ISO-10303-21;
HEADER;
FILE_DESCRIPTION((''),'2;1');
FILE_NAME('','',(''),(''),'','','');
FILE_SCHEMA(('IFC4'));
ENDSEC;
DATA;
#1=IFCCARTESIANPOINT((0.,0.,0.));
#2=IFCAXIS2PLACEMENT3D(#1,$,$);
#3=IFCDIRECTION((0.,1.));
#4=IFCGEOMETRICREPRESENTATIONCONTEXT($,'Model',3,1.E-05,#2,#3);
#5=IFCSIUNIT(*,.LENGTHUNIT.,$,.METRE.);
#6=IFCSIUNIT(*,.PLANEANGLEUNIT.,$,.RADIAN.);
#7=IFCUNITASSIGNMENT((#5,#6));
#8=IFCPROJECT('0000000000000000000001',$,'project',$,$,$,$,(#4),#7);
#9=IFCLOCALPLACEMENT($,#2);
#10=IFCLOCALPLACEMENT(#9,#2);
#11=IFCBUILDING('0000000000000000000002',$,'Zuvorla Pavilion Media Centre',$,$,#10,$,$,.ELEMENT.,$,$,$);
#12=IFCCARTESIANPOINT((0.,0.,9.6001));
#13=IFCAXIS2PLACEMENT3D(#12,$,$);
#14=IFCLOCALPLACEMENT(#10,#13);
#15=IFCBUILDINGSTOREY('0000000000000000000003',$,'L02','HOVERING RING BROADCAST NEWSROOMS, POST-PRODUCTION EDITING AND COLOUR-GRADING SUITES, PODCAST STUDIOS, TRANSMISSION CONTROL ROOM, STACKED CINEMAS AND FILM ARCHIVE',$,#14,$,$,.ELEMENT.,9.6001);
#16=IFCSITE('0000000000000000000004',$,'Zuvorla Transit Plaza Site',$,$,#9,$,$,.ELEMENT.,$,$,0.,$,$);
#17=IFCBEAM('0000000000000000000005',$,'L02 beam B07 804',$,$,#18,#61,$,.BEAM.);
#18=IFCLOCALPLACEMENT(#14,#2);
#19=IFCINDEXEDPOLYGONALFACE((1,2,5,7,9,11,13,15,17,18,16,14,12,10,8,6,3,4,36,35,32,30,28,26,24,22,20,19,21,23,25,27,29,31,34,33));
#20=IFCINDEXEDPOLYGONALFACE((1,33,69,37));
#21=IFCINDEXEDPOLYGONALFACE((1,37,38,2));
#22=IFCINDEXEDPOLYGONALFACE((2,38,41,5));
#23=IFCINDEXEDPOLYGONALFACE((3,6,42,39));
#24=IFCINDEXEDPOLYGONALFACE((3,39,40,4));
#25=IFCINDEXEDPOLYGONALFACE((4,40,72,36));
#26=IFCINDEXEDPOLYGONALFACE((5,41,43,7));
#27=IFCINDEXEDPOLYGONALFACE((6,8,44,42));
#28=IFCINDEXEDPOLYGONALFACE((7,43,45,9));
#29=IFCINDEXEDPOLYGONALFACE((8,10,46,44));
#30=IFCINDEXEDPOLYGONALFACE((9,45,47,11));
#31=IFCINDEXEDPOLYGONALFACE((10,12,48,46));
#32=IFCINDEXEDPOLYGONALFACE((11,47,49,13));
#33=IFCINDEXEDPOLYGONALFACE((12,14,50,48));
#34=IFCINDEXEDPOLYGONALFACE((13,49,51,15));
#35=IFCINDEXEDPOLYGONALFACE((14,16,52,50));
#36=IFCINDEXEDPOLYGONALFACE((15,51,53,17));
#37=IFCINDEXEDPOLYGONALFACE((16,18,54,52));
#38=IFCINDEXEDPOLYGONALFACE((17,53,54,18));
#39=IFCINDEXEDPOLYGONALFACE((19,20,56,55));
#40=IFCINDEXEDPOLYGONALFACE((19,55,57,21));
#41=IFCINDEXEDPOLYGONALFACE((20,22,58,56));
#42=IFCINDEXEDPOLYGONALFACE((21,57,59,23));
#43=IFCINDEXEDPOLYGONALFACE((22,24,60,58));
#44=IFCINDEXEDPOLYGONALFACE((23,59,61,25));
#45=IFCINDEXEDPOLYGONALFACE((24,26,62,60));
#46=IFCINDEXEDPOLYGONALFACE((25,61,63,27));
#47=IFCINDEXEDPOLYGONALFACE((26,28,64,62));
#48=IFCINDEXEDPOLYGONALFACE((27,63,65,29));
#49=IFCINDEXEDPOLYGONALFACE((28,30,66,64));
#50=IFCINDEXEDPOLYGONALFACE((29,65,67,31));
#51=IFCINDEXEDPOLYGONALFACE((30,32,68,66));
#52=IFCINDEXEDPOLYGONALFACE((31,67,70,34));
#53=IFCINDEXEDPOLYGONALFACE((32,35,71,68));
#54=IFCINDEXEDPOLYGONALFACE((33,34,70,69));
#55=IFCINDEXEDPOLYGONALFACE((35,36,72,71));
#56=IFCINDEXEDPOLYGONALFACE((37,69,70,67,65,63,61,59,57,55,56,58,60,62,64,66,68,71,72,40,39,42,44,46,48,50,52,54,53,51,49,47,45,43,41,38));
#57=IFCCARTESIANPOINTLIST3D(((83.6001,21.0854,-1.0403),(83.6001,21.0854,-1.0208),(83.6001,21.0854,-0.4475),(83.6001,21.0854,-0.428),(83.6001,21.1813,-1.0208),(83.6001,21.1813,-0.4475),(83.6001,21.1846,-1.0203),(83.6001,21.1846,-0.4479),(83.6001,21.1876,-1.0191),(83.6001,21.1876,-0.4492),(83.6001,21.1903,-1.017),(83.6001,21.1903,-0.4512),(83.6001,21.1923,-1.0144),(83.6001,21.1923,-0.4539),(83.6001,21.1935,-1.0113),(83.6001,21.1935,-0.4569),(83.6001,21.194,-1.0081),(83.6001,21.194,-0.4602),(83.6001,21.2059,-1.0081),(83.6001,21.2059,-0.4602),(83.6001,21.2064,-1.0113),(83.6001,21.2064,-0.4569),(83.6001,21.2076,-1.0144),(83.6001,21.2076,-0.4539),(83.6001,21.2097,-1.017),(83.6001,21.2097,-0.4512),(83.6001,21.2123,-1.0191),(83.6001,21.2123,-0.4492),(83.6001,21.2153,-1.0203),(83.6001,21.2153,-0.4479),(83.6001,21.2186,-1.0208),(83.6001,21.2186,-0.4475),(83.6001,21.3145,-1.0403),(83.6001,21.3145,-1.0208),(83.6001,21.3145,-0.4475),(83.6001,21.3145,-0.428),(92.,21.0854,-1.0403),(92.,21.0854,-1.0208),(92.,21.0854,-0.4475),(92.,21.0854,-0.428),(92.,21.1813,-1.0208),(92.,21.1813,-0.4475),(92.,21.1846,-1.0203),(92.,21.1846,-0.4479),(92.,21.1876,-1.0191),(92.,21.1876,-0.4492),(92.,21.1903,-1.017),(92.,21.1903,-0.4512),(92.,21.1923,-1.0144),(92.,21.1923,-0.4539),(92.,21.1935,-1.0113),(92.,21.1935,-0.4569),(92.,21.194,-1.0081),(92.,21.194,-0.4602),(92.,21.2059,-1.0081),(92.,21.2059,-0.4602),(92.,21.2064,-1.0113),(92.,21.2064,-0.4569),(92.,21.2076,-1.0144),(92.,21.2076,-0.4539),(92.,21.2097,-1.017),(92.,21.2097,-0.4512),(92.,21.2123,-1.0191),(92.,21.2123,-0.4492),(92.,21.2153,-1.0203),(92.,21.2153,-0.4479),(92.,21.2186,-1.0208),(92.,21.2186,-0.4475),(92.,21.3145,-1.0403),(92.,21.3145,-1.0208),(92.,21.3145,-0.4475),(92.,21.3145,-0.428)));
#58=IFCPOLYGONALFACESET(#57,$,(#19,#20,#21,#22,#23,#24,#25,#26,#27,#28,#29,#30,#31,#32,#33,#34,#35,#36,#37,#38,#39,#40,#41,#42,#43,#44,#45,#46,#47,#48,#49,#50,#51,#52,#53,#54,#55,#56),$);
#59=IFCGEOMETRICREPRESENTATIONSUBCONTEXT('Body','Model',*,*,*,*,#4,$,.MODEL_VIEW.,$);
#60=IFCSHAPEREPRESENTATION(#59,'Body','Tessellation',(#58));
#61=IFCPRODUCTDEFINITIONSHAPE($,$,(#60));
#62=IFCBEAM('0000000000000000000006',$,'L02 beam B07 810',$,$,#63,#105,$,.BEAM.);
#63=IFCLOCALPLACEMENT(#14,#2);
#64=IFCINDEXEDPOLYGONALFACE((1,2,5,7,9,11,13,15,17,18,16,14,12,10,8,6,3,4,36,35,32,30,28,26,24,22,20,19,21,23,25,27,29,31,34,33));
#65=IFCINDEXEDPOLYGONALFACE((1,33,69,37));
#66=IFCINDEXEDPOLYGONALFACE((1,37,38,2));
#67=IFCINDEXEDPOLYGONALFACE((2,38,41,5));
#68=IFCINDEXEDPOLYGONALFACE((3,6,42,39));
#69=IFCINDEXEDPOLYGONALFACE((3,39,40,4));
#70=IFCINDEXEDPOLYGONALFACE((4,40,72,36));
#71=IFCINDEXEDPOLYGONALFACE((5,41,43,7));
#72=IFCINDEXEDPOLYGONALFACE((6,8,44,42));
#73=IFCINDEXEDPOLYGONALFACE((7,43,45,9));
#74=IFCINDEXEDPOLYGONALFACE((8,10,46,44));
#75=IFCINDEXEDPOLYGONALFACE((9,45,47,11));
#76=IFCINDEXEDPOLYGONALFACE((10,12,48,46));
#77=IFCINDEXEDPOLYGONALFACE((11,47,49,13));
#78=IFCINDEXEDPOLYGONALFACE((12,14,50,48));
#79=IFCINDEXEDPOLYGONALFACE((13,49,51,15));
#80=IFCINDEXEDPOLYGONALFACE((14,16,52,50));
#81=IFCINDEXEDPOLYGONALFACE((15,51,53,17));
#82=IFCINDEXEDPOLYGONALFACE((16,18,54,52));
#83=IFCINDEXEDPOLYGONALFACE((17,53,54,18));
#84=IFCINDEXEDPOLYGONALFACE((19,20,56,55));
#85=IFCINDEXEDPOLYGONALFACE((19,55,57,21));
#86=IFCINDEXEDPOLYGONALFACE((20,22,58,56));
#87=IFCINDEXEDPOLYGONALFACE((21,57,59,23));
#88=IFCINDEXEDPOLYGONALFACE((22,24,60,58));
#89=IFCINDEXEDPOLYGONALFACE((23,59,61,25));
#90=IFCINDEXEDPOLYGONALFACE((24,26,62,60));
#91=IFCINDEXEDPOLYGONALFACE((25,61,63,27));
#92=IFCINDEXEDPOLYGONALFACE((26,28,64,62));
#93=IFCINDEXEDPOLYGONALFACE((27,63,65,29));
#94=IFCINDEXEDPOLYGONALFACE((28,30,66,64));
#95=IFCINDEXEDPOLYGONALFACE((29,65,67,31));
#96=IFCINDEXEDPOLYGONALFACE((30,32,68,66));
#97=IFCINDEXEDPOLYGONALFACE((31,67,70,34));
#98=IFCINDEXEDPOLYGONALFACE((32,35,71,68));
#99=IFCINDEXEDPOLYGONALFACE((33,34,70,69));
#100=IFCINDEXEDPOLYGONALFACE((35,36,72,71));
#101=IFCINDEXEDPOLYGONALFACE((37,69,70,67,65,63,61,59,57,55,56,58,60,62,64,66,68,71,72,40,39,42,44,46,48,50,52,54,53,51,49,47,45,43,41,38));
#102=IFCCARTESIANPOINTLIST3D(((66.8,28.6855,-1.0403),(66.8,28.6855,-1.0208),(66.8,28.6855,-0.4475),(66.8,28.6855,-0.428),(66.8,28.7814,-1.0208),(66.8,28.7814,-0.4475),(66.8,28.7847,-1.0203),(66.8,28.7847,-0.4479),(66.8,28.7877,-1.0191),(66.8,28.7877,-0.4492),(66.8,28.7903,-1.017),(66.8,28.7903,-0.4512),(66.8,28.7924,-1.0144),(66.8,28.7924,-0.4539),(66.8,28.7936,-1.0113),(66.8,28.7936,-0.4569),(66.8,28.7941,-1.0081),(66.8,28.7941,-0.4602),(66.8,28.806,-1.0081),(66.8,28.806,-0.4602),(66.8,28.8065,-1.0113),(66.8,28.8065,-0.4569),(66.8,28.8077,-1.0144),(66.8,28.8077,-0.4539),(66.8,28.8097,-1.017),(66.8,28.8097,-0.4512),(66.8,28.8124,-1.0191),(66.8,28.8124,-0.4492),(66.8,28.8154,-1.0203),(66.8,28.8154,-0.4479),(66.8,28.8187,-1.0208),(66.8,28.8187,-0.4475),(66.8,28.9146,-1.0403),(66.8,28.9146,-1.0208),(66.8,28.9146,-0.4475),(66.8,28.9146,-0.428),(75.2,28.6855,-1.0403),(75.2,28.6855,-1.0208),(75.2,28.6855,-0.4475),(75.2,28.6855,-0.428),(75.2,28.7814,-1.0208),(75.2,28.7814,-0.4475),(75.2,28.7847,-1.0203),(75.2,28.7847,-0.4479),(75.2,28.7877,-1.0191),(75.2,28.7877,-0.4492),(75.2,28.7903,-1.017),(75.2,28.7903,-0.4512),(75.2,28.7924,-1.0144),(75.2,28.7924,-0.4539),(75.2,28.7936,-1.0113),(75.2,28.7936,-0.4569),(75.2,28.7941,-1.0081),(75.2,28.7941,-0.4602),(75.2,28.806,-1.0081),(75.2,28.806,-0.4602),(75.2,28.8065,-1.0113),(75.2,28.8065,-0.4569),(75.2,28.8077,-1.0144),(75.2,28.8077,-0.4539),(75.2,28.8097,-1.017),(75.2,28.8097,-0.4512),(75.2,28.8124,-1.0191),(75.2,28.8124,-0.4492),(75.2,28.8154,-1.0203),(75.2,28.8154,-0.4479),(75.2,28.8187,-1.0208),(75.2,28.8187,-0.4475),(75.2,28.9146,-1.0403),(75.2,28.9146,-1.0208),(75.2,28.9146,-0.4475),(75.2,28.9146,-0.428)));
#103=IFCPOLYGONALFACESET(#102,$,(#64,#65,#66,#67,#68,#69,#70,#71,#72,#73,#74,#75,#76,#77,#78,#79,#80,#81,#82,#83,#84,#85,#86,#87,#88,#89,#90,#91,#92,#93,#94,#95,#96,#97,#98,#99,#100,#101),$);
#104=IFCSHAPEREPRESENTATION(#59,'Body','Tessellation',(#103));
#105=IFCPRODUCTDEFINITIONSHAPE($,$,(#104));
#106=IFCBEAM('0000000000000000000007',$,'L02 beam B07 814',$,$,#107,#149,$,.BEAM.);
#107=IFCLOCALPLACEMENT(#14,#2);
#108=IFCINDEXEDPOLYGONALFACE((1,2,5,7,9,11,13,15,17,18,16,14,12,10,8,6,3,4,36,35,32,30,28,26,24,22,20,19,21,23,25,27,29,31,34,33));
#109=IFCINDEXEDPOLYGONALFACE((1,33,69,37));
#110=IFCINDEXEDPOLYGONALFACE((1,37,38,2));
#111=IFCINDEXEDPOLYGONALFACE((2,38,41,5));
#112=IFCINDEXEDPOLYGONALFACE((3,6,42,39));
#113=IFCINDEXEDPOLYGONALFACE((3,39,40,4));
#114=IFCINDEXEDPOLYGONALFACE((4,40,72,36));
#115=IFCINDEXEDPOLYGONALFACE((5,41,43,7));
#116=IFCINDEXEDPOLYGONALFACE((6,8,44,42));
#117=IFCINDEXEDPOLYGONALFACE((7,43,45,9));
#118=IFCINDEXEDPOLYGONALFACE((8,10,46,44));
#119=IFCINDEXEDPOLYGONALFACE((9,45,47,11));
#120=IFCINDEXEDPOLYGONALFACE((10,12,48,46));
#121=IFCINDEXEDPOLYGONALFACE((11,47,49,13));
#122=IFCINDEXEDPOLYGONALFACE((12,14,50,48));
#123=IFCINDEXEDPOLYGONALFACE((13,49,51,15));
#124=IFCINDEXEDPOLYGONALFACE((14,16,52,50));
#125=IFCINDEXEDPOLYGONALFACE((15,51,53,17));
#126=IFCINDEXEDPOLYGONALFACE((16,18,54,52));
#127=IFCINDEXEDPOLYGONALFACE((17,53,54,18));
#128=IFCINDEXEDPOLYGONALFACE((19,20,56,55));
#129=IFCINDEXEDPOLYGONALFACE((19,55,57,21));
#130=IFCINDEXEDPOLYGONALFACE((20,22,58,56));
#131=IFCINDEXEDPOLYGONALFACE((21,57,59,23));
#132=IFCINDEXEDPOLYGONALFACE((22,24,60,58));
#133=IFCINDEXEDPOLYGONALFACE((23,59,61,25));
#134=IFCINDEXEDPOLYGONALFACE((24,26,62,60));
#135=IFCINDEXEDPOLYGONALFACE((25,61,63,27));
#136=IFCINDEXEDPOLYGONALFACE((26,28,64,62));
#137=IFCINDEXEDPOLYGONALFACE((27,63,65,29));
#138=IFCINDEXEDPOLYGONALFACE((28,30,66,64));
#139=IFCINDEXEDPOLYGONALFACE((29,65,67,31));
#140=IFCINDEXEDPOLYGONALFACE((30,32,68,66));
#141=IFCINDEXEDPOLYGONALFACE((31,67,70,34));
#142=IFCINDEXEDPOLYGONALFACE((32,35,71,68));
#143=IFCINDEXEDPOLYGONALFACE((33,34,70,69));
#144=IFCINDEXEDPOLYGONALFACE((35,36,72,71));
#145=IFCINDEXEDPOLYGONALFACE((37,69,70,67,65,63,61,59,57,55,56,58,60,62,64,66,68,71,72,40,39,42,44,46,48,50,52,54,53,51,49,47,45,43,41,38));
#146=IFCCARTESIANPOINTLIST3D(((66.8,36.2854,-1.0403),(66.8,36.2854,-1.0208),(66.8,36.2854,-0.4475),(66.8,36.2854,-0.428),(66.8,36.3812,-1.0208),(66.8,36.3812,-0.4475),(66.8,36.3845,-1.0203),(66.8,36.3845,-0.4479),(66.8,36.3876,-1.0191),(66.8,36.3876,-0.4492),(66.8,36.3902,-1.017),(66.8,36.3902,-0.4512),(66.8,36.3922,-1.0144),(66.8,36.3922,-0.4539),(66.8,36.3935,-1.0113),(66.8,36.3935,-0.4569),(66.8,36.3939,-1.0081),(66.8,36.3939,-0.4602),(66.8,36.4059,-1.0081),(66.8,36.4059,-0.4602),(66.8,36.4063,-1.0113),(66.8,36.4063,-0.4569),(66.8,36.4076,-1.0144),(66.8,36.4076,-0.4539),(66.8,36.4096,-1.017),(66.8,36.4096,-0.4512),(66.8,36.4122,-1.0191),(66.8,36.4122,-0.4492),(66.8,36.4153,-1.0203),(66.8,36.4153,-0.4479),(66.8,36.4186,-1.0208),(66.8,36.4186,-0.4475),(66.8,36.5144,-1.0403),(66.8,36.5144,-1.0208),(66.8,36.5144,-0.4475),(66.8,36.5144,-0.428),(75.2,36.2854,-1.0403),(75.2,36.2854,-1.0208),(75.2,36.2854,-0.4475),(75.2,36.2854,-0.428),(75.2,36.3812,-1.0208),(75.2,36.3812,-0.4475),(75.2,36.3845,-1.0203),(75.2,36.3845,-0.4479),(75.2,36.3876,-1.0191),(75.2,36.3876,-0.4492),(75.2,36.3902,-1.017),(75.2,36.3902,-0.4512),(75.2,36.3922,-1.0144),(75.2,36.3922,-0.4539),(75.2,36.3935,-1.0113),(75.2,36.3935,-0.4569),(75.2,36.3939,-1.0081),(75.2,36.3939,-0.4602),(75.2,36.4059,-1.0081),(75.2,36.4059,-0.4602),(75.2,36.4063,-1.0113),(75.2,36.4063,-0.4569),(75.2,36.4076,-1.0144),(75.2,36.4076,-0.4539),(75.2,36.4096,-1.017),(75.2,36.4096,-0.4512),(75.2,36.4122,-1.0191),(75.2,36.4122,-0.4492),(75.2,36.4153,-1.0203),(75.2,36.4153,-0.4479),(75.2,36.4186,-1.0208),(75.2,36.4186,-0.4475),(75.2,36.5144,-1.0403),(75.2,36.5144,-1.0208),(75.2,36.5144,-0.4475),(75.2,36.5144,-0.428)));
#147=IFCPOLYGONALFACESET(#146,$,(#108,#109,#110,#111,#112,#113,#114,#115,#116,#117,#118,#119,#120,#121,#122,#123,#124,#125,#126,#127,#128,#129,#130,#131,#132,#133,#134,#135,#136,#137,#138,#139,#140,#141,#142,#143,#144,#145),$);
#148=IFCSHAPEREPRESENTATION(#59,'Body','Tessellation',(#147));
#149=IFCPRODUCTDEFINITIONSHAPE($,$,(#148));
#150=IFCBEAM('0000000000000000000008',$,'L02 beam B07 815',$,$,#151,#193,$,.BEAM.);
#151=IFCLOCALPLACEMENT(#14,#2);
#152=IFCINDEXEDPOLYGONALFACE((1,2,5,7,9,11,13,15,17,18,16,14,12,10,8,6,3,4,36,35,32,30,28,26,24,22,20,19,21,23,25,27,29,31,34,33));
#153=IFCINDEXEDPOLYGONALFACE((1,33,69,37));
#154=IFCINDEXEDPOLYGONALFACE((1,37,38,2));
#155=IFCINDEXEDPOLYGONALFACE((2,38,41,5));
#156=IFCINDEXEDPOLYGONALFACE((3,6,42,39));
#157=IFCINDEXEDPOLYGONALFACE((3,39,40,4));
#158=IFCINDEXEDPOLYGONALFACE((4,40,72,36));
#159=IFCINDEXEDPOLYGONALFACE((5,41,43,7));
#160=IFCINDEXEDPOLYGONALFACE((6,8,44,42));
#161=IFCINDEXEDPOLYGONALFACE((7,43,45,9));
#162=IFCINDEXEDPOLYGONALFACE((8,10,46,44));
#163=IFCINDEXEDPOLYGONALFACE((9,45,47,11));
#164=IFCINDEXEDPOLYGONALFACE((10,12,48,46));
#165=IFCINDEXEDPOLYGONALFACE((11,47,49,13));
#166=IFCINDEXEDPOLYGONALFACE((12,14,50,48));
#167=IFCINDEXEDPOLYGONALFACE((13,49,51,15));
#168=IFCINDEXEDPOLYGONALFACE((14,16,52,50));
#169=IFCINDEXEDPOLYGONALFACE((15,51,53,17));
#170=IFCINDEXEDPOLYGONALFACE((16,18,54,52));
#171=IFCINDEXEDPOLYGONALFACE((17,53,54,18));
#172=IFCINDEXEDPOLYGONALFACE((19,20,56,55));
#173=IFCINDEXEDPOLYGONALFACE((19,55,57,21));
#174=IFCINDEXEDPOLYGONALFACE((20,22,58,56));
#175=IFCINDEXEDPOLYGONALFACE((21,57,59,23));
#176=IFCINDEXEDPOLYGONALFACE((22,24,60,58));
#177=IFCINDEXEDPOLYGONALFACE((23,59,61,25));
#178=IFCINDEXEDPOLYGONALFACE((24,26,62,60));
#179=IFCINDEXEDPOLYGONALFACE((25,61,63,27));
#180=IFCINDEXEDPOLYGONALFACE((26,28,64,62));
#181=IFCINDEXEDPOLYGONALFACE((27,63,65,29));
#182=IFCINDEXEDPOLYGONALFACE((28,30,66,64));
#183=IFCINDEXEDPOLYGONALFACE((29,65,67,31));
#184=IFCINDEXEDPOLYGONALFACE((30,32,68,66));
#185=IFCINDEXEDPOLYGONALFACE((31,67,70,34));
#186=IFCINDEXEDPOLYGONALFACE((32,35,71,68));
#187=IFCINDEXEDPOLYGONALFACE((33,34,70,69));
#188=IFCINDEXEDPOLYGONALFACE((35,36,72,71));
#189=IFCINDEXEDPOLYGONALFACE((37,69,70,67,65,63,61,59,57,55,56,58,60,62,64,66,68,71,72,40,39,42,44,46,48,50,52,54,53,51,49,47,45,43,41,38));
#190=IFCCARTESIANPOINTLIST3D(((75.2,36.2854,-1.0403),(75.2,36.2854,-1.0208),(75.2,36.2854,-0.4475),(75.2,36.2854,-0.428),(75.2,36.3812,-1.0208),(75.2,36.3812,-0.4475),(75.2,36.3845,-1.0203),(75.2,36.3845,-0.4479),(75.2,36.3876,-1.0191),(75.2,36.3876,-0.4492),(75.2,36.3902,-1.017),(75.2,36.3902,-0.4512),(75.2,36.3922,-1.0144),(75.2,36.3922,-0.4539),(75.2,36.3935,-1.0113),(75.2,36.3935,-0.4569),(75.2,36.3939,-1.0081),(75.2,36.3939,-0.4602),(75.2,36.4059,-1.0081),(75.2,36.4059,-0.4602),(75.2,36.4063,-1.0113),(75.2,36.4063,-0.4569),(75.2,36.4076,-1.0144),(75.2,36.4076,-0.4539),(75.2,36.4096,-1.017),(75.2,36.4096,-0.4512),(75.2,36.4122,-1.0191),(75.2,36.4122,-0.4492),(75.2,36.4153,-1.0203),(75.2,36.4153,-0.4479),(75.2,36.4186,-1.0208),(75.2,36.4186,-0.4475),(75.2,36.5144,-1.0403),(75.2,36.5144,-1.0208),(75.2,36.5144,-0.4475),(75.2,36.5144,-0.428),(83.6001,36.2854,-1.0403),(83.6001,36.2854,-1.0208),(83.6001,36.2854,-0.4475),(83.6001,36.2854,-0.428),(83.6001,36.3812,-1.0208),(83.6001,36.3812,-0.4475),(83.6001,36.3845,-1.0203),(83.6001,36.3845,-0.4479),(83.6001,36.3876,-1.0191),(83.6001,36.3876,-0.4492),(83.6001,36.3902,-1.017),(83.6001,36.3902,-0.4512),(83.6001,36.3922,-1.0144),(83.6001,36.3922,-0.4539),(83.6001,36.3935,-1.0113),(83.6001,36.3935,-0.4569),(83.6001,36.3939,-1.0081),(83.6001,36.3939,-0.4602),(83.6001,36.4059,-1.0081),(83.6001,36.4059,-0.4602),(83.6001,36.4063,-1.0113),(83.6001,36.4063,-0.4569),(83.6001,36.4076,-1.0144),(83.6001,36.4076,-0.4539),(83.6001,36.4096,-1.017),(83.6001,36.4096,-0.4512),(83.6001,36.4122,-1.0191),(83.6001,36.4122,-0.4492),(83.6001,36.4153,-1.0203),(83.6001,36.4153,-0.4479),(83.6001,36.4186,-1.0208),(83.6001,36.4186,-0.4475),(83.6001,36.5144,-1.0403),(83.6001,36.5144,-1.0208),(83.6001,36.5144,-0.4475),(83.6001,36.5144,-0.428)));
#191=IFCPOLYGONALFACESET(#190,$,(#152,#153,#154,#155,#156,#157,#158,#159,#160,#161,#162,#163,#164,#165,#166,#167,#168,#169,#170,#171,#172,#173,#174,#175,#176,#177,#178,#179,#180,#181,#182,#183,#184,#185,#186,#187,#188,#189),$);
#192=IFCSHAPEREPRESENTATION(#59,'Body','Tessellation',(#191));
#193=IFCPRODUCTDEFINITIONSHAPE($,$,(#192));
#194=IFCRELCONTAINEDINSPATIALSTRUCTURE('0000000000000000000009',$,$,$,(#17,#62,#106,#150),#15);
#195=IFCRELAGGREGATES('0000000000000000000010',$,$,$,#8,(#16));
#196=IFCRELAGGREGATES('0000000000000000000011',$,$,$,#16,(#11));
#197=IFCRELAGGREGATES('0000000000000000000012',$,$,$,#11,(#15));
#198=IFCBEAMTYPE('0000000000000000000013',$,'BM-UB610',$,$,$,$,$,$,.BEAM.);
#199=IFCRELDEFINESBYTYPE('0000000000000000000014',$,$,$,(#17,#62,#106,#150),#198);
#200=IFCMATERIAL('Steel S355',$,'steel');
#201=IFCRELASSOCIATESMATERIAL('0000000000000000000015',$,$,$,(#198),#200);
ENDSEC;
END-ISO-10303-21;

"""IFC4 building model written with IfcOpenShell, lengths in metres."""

from ifc_helpers import new_model, si_unit, direction, frame, origin, origin_2d, place, context, subcontext, project, spatial, i_section, extrude, material, material_profile, profile_set, type_object, element, save


model = new_model("IFC4")

# Units and contexts
model_context = context("Model", 3, precision=1e-05, world=origin(), true_north=direction((0.0, 1.0)))
body_context = subcontext(model_context, "Body", "Model", "MODEL_VIEW")
ifc_project = project(units=[si_unit("LENGTHUNIT", "METRE"), si_unit("PLANEANGLEUNIT", "RADIAN")], contexts=[model_context])

# Site, building, storey
site_placement = place(None, origin())
site = spatial("IfcSite", under=ifc_project, at=site_placement, Name="Zuvorla Transit Plaza Site", CompositionType="ELEMENT", RefElevation=0.0)
building_placement = place(site_placement, origin())
building = spatial("IfcBuilding", under=site, at=building_placement, Name="Zuvorla Pavilion Media Centre", CompositionType="ELEMENT")
storey_placement = place(building_placement, frame((0.0, 0.0, 9.6001)))
storey = spatial("IfcBuildingStorey", under=building, at=storey_placement, Name="L02", Description="HOVERING RING BROADCAST NEWSROOMS, POST-PRODUCTION EDITING AND COLOUR-GRADING SUITES, PODCAST STUDIOS, TRANSMISSION CONTROL ROOM, STACKED CINEMAS AND FILM ARCHIVE", CompositionType="ELEMENT", Elevation=9.6001)

# Beams
ifc_material_1 = material(Name="Steel S355", Category="steel")
ifc_material_profile_1 = material_profile(ifc_material_1, i_section(OverallWidth=0.229, OverallDepth=0.6123, WebThickness=0.012, FlangeThickness=0.0195, FilletRadius=0.0127, at=origin_2d()), Name="UB 610x229x125")
ifc_profile_set_1 = profile_set([ifc_material_profile_1], Name="Steel S355")
beam_type_1 = type_object("IfcBeamType", Name="BM-UB610", PredefinedType="BEAM", material=ifc_profile_set_1)
for number, where, z_axis, x_axis, name in (
    (1, (83.6001, 21.2, -0.7341), (1.0, 0.0, 0.0), (0.0, 1.0, 0.0), "L02 beam B07 804"),
    (2, (66.8, 28.8, -0.7341), (1.0, 0.0, 0.0), (0.0, 1.0, 0.0), "L02 beam B07 810"),
    (3, (66.8, 36.3999, -0.7341), (1.0, 0.0, 0.0), (0.0, 1.0, 0.0), "L02 beam B07 814"),
):
    element("IfcBeam", number, at=place(storey_placement, frame(where, z_axis=z_axis, x_axis=x_axis)), inside=storey, type_object=beam_type_1, Name=name, PredefinedType="BEAM", context=body_context, shape_type="SweptSolid", body=[
        extrude(i_section(OverallWidth=0.229, OverallDepth=0.6123, WebThickness=0.012, FlangeThickness=0.0195, FilletRadius=0.0127, at=origin_2d()), origin(), (0.0, 0.0, 1.0), 8.3999),
    ])
beam_1_placement = place(storey_placement, frame((75.2, 36.3999, -0.7341), z_axis=(1.0, 0.0, 0.0), x_axis=(0.0, 1.0, 0.0)))
element("IfcBeam", 4, at=beam_1_placement, inside=storey, type_object=beam_type_1, Name="L02 beam B07 815", PredefinedType="BEAM", context=body_context, shape_type="SweptSolid", body=[
    extrude(i_section(OverallWidth=0.229, OverallDepth=0.6123, WebThickness=0.012, FlangeThickness=0.0195, FilletRadius=0.0127, at=origin_2d()), origin(), (0.0, 0.0, 1.0), 8.4001),
])

save(model, "model.ifc")
